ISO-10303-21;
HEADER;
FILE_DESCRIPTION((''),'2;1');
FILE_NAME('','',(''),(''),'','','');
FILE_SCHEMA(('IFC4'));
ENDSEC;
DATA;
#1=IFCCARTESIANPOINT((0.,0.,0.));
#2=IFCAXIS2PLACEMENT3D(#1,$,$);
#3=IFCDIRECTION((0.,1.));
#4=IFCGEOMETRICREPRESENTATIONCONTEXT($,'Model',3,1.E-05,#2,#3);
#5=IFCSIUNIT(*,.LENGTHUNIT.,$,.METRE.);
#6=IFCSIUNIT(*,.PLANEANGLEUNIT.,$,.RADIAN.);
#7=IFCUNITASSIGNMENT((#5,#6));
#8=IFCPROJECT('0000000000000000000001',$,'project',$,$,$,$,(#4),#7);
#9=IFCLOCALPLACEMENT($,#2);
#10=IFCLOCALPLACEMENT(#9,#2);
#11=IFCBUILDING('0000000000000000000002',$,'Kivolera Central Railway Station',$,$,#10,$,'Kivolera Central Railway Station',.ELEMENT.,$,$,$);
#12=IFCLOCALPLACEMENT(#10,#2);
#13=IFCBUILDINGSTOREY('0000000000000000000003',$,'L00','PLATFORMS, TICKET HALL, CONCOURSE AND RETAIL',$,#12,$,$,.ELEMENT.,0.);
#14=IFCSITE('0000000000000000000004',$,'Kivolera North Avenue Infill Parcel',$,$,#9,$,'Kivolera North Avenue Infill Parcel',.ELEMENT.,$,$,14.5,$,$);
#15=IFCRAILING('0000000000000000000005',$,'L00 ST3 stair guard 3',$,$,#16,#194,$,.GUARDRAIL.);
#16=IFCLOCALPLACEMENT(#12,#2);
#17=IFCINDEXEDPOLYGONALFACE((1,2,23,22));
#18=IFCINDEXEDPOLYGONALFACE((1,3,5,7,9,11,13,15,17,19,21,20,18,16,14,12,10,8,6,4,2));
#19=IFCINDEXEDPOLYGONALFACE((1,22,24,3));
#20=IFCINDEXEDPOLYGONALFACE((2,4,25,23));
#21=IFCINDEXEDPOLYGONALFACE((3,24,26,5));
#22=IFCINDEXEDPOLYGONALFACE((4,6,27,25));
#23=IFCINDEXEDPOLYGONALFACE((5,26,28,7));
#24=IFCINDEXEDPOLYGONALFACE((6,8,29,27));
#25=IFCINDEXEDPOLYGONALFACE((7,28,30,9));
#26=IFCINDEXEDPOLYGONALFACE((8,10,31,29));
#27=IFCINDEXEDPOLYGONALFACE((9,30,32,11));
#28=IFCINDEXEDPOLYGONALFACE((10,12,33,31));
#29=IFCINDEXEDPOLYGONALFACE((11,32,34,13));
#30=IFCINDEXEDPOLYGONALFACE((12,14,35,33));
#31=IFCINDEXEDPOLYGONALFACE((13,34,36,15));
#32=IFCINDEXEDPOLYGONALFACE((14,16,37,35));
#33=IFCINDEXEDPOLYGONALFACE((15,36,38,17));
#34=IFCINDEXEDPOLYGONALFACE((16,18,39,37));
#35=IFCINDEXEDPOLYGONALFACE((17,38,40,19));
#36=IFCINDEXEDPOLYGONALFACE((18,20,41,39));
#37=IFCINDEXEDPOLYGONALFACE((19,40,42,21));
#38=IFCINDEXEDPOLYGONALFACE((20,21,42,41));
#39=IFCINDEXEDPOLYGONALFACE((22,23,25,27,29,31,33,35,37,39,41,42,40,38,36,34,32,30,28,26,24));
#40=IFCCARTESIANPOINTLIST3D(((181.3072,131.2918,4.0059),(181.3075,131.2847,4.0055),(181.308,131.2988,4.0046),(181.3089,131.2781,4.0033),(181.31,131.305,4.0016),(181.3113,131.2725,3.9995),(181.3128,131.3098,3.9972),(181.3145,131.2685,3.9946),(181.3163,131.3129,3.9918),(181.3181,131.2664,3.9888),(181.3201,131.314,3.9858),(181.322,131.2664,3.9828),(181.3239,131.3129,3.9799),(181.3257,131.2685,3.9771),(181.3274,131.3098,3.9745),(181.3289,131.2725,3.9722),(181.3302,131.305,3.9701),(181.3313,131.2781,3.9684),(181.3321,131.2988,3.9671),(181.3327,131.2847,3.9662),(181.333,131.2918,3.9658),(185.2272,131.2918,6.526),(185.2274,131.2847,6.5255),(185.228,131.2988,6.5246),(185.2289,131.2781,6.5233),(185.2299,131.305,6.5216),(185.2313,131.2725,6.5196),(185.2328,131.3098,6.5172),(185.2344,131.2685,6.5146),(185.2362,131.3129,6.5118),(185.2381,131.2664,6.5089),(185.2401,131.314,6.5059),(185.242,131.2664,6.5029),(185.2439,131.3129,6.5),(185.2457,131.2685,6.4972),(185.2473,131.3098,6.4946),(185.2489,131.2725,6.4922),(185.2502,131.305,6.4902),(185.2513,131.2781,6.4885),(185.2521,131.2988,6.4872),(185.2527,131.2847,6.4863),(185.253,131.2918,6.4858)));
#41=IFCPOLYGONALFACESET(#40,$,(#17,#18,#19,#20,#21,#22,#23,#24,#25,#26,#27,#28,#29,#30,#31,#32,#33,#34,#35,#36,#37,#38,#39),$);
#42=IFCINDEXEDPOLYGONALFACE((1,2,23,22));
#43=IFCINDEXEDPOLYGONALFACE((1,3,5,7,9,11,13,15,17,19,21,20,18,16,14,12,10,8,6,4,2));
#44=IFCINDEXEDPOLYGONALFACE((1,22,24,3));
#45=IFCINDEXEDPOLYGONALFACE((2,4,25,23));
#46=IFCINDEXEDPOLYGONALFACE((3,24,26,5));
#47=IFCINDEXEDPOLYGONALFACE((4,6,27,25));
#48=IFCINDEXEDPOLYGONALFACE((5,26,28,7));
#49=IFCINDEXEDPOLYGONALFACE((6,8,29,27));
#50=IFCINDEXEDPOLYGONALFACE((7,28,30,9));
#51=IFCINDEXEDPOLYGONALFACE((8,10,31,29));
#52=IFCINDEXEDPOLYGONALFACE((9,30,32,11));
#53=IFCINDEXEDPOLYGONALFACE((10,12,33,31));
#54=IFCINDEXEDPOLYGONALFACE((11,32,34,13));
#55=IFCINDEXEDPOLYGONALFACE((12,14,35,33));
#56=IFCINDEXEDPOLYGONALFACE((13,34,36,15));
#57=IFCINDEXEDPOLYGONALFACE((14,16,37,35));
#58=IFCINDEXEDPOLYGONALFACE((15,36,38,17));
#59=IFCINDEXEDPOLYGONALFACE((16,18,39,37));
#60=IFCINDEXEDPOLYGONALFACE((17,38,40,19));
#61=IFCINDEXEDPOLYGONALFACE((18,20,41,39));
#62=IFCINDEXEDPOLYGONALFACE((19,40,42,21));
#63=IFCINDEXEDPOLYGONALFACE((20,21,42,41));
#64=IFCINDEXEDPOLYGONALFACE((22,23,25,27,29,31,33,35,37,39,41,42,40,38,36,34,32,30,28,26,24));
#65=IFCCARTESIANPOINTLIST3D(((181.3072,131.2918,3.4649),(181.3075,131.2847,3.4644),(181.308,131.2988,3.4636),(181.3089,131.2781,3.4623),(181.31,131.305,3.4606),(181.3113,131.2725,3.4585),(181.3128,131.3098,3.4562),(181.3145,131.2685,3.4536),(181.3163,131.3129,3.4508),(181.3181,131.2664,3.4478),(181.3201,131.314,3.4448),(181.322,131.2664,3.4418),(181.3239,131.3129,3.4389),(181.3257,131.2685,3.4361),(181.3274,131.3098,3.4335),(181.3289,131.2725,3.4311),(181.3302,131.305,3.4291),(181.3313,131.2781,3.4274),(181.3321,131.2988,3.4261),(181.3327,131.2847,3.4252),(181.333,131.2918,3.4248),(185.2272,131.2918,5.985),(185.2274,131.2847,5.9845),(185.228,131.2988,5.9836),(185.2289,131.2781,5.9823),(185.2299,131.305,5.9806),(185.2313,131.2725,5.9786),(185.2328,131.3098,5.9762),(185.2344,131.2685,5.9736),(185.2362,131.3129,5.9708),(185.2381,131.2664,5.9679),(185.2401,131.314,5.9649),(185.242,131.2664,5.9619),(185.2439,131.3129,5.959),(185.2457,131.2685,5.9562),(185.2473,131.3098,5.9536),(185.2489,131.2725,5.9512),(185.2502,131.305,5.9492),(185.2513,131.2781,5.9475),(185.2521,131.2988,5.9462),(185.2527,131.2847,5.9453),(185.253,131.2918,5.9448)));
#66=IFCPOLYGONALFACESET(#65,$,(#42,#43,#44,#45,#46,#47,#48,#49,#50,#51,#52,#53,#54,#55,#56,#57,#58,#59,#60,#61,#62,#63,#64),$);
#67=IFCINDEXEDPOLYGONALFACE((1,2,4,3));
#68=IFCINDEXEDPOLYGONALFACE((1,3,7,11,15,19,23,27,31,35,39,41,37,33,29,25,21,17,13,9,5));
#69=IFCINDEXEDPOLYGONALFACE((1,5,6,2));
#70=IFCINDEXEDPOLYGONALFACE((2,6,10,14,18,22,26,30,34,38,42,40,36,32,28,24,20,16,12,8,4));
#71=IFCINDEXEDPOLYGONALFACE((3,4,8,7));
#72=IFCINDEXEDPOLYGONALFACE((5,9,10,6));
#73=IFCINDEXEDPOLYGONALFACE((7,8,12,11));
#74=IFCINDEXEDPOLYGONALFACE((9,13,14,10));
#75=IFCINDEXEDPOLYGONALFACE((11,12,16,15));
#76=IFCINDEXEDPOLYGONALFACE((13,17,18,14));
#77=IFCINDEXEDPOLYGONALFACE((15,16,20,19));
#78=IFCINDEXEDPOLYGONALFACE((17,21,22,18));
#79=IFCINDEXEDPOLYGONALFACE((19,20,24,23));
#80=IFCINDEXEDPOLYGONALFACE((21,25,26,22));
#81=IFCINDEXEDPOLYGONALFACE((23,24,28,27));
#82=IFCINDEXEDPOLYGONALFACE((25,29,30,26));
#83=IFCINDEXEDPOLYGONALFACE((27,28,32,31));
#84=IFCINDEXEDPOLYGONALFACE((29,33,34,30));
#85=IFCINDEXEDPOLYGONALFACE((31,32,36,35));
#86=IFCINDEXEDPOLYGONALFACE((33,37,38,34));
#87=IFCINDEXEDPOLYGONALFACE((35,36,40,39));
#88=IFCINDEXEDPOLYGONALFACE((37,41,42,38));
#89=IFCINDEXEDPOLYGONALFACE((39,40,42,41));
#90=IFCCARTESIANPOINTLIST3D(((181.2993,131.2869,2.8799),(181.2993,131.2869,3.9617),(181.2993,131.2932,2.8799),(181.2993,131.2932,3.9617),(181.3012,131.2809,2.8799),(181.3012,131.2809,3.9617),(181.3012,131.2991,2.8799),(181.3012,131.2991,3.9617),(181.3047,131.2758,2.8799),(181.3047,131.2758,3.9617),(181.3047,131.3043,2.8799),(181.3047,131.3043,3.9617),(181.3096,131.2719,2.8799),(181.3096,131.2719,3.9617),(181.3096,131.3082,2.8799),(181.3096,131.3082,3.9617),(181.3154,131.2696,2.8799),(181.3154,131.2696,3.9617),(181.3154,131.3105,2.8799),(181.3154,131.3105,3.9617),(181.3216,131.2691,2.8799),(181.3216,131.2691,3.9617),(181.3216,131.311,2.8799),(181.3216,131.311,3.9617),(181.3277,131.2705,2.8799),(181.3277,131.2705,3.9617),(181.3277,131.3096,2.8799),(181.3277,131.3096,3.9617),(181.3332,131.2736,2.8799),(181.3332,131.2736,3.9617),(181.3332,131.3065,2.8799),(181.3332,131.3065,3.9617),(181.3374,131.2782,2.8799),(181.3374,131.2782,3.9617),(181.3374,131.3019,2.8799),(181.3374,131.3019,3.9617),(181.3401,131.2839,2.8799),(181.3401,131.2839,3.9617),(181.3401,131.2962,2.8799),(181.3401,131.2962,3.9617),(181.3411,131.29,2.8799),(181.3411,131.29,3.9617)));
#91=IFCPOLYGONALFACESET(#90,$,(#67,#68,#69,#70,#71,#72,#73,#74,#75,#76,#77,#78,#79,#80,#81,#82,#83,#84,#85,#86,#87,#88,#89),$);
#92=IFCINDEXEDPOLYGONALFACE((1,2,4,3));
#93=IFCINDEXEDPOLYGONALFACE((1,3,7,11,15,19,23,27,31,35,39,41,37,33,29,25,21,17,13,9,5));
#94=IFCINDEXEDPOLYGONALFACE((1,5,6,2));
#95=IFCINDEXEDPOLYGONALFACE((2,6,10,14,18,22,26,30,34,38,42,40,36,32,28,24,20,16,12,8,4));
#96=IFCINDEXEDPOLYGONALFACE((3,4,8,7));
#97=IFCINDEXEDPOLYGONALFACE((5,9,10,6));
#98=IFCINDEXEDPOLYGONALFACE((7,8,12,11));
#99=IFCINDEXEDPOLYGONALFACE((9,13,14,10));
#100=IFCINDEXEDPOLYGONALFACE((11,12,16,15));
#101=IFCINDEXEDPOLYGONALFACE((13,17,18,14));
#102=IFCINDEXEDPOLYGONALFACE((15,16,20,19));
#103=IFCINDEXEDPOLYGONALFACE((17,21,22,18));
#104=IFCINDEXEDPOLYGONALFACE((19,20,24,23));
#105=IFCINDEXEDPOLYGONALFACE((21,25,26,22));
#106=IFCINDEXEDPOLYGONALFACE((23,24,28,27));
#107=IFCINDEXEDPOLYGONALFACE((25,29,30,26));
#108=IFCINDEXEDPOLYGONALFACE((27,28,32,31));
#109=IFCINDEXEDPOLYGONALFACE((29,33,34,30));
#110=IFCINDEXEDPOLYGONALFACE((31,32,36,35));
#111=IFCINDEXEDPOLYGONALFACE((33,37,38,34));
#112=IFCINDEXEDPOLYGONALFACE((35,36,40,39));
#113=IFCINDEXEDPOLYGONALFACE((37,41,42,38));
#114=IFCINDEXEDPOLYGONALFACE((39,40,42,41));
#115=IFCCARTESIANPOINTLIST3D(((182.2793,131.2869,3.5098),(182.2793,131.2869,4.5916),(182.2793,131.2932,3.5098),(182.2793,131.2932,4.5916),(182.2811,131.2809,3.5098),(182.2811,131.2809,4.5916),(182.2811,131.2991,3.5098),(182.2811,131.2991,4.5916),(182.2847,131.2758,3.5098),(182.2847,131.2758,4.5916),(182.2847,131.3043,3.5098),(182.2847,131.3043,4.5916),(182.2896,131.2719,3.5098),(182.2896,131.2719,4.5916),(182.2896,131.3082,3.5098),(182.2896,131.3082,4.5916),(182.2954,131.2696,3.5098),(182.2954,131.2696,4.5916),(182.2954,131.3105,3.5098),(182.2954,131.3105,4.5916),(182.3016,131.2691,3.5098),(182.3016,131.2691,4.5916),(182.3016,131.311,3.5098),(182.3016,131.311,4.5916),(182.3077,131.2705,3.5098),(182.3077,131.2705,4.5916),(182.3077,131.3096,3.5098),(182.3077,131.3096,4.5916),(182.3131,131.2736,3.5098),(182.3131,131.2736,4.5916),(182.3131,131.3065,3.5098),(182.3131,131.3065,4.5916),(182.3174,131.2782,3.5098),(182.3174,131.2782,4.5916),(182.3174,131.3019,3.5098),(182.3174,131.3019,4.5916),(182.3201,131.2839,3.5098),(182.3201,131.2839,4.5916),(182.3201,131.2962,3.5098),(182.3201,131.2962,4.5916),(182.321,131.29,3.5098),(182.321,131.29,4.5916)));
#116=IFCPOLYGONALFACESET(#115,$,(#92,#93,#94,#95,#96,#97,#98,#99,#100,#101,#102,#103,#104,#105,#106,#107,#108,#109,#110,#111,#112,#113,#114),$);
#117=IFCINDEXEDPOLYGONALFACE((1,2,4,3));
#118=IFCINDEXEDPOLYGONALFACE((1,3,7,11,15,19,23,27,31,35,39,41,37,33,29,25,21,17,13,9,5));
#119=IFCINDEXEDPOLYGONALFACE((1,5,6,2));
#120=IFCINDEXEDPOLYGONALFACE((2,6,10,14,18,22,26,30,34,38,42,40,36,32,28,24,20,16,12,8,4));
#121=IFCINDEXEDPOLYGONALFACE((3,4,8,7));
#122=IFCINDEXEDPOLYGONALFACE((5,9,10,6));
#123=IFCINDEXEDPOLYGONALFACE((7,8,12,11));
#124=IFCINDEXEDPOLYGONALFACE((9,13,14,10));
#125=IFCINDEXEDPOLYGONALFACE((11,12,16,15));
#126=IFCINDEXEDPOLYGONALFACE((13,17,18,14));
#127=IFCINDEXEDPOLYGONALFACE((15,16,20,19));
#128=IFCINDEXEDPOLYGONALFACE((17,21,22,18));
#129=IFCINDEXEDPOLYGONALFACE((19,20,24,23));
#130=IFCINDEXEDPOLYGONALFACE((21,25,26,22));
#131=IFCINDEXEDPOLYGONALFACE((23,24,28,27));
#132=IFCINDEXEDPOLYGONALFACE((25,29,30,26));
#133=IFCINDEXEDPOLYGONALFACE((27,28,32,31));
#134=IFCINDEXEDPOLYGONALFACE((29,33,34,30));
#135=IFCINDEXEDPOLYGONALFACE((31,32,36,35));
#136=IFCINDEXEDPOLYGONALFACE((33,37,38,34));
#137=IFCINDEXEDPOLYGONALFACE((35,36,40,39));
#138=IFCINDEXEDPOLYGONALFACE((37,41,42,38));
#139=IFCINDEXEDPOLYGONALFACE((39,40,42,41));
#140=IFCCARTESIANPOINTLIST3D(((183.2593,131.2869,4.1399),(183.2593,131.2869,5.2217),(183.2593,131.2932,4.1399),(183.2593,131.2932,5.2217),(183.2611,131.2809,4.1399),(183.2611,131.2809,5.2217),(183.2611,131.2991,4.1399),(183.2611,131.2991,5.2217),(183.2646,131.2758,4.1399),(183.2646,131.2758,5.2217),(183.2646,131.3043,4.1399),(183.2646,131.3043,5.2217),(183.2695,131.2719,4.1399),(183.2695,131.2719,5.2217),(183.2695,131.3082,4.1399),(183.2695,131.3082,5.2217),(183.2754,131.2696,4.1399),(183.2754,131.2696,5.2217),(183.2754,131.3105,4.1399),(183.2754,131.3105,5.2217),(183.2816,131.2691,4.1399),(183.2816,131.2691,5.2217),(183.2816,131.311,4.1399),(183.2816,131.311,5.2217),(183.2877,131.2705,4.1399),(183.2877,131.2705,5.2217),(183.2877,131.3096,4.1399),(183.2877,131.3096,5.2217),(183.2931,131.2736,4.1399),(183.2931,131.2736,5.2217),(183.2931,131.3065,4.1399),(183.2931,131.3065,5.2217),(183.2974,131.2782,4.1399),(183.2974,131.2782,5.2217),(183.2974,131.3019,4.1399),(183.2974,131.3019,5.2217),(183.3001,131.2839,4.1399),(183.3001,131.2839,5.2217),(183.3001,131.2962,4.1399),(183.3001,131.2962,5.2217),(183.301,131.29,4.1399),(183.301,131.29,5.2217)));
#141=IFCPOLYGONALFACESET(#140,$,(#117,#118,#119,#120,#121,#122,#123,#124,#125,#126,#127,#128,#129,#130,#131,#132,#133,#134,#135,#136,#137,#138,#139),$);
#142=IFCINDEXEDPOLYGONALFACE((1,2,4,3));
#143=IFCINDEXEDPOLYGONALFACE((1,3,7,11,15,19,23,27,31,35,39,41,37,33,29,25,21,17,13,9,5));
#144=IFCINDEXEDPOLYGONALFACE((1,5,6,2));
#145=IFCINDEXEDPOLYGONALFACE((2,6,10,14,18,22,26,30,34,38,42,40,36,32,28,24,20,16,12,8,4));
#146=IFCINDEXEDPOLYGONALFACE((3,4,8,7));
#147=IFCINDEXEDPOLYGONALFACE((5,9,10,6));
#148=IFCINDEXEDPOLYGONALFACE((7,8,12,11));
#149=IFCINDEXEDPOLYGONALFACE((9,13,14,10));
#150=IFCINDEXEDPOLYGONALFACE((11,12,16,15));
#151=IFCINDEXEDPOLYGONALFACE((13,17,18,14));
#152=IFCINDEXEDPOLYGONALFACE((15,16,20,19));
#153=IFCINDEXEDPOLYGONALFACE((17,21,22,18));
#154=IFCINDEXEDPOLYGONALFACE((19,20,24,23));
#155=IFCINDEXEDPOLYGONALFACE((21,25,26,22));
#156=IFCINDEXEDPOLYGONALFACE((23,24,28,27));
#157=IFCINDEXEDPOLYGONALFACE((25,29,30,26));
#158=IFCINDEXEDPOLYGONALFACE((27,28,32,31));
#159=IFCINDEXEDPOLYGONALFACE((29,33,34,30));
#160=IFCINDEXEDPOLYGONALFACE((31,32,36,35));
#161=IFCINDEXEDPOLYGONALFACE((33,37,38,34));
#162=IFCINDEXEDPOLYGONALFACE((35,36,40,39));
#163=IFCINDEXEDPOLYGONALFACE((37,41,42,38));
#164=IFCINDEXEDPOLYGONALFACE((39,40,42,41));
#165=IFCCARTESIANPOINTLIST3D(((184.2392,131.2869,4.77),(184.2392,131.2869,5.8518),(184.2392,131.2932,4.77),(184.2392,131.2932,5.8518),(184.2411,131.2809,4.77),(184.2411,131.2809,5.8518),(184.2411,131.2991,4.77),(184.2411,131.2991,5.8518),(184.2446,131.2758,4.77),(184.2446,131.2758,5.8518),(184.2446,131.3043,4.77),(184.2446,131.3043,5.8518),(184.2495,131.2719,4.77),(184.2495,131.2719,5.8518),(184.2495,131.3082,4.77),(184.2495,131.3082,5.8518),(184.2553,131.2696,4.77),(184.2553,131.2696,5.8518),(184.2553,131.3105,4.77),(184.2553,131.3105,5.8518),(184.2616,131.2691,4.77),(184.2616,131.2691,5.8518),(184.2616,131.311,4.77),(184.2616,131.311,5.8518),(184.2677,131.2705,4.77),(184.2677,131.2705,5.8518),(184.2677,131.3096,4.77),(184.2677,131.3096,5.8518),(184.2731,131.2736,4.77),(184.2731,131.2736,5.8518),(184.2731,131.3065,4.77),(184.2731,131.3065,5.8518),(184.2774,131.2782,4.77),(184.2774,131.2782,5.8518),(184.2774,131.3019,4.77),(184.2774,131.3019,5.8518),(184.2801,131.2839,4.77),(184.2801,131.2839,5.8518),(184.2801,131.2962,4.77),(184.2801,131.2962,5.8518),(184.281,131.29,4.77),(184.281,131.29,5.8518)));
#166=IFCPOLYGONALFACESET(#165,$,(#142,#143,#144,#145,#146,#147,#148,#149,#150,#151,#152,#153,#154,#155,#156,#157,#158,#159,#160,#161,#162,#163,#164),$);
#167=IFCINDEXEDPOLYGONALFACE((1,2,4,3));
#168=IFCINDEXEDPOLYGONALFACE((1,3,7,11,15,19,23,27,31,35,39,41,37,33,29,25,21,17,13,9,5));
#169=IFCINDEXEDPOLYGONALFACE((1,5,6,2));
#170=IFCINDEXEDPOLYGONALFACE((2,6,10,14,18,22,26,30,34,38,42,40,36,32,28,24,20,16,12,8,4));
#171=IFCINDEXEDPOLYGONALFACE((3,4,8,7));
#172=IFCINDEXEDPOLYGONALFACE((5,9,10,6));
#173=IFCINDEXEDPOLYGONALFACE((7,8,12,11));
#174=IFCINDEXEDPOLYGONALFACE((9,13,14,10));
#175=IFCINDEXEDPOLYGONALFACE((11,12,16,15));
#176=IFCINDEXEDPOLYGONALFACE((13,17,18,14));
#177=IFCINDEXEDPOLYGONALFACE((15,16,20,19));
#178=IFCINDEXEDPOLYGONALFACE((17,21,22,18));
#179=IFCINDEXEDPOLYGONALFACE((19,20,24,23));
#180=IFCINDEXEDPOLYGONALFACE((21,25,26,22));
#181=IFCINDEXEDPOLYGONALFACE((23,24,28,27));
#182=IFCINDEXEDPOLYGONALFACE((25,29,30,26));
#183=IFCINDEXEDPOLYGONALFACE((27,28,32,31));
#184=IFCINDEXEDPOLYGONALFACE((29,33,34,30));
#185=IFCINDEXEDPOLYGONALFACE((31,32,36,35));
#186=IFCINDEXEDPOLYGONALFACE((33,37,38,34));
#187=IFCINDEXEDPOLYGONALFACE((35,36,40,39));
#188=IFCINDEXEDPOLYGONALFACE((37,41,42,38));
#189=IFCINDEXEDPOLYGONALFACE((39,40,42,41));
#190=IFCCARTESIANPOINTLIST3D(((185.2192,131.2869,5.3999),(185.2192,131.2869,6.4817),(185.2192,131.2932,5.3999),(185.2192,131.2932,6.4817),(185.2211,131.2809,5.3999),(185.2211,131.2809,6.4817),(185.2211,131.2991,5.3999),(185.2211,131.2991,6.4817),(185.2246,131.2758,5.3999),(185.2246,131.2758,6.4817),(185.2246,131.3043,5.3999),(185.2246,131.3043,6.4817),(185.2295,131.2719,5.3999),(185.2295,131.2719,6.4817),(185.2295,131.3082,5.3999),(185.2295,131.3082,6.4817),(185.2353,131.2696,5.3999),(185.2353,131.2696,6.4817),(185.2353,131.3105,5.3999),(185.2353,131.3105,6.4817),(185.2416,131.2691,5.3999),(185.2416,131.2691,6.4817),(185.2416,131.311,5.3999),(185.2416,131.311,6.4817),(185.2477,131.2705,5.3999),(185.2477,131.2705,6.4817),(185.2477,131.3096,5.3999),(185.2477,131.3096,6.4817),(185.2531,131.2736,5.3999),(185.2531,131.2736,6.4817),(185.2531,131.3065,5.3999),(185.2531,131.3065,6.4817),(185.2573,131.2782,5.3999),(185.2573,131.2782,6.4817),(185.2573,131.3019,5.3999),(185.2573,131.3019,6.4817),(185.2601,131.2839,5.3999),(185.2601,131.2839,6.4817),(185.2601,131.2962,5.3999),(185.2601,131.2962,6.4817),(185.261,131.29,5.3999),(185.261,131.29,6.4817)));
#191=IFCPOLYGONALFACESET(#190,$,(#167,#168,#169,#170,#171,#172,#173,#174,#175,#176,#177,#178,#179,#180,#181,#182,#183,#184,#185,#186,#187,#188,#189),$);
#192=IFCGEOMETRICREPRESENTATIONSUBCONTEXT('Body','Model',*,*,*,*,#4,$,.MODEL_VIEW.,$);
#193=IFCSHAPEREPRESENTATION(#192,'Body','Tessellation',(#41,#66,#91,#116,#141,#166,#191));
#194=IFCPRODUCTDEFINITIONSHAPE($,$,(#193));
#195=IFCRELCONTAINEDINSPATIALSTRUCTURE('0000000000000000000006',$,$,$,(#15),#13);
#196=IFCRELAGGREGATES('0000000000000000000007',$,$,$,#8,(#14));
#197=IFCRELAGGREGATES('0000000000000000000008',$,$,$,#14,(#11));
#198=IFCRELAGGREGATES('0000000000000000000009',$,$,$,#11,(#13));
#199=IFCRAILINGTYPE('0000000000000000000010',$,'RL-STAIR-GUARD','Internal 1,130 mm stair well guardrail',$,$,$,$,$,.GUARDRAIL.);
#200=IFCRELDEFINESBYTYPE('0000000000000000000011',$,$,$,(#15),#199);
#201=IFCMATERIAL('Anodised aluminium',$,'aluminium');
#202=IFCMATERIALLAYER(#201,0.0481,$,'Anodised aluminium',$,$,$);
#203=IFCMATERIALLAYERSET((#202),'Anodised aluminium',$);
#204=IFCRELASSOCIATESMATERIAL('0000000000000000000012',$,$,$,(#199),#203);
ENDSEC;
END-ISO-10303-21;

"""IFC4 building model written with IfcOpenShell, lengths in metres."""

from ifc_helpers import new_model, si_unit, direction, frame, origin, origin_2d, place, context, subcontext, project, spatial, circle, extrude, material, layer, layer_set, type_object, element, save


model = new_model("IFC4")

# Units and contexts
model_context = context("Model", 3, precision=1e-05, world=origin(), true_north=direction((0.0, 1.0)))
body_context = subcontext(model_context, "Body", "Model", "MODEL_VIEW")
ifc_project = project(units=[si_unit("LENGTHUNIT", "METRE"), si_unit("PLANEANGLEUNIT", "RADIAN")], contexts=[model_context])

# Site, building, storey
site_placement = place(None, origin())
site = spatial("IfcSite", under=ifc_project, at=site_placement, Name="Kivolera North Avenue Infill Parcel", LongName="Kivolera North Avenue Infill Parcel", CompositionType="ELEMENT", RefElevation=14.5)
building_placement = place(site_placement, origin())
building = spatial("IfcBuilding", under=site, at=building_placement, Name="Kivolera Central Railway Station", LongName="Kivolera Central Railway Station", CompositionType="ELEMENT")
storey_placement = place(building_placement, origin())
storey = spatial("IfcBuildingStorey", under=building, at=storey_placement, Name="L00", Description="PLATFORMS, TICKET HALL, CONCOURSE AND RETAIL", CompositionType="ELEMENT", Elevation=0.0)

# Shared definitions
ifc_material_1 = material(Name="Anodised aluminium", Category="aluminium")

# Railing
ifc_layer_1 = layer(ifc_material_1, 0.0481, Name="Anodised aluminium")
ifc_layer_set_1 = layer_set([ifc_layer_1], Name="Anodised aluminium")
railing_type_1 = type_object("IfcRailingType", Name="RL-STAIR-GUARD", Description="Internal 1,130 mm stair well guardrail", PredefinedType="GUARDRAIL", material=ifc_layer_set_1)
railing_1_placement = place(storey_placement, frame((181.3201, 131.29, 2.8799)))
element("IfcRailing", 1, at=railing_1_placement, inside=storey, type_object=railing_type_1, Name="L00 ST3 stair guard 3", PredefinedType="GUARDRAIL", context=body_context, shape_type="SweptSolid", body=[
    extrude(circle(Radius=0.0239, at=origin_2d()), frame((0.0, 0.0, 1.106), z_axis=(0.841172, 0.0, 0.540768), x_axis=(0.0, 1.0, 0.0)), (0.0, 0.0, 1.0), 4.6602),
    extrude(circle(Radius=0.0239, at=origin_2d()), frame((0.0, 0.0, 0.5649), z_axis=(0.841172, 0.0, 0.540768), x_axis=(0.0, 1.0, 0.0)), (0.0, 0.0, 1.0), 4.6602),
    extrude(circle(Radius=0.021, at=origin_2d()), origin(), (0.0, 0.0, 1.0), 1.0818),
    extrude(circle(Radius=0.021, at=origin_2d()), frame((0.98, 0.0, 0.6299)), (0.0, 0.0, 1.0), 1.0818),
    extrude(circle(Radius=0.021, at=origin_2d()), frame((1.96, 0.0, 1.26)), (0.0, 0.0, 1.0), 1.0818),
    extrude(circle(Radius=0.021, at=origin_2d()), frame((2.9399, 0.0, 1.8901)), (0.0, 0.0, 1.0), 1.0818),
    extrude(circle(Radius=0.021, at=origin_2d()), frame((3.9199, 0.0, 2.52)), (0.0, 0.0, 1.0), 1.0818),
])

save(model, "model.ifc")
